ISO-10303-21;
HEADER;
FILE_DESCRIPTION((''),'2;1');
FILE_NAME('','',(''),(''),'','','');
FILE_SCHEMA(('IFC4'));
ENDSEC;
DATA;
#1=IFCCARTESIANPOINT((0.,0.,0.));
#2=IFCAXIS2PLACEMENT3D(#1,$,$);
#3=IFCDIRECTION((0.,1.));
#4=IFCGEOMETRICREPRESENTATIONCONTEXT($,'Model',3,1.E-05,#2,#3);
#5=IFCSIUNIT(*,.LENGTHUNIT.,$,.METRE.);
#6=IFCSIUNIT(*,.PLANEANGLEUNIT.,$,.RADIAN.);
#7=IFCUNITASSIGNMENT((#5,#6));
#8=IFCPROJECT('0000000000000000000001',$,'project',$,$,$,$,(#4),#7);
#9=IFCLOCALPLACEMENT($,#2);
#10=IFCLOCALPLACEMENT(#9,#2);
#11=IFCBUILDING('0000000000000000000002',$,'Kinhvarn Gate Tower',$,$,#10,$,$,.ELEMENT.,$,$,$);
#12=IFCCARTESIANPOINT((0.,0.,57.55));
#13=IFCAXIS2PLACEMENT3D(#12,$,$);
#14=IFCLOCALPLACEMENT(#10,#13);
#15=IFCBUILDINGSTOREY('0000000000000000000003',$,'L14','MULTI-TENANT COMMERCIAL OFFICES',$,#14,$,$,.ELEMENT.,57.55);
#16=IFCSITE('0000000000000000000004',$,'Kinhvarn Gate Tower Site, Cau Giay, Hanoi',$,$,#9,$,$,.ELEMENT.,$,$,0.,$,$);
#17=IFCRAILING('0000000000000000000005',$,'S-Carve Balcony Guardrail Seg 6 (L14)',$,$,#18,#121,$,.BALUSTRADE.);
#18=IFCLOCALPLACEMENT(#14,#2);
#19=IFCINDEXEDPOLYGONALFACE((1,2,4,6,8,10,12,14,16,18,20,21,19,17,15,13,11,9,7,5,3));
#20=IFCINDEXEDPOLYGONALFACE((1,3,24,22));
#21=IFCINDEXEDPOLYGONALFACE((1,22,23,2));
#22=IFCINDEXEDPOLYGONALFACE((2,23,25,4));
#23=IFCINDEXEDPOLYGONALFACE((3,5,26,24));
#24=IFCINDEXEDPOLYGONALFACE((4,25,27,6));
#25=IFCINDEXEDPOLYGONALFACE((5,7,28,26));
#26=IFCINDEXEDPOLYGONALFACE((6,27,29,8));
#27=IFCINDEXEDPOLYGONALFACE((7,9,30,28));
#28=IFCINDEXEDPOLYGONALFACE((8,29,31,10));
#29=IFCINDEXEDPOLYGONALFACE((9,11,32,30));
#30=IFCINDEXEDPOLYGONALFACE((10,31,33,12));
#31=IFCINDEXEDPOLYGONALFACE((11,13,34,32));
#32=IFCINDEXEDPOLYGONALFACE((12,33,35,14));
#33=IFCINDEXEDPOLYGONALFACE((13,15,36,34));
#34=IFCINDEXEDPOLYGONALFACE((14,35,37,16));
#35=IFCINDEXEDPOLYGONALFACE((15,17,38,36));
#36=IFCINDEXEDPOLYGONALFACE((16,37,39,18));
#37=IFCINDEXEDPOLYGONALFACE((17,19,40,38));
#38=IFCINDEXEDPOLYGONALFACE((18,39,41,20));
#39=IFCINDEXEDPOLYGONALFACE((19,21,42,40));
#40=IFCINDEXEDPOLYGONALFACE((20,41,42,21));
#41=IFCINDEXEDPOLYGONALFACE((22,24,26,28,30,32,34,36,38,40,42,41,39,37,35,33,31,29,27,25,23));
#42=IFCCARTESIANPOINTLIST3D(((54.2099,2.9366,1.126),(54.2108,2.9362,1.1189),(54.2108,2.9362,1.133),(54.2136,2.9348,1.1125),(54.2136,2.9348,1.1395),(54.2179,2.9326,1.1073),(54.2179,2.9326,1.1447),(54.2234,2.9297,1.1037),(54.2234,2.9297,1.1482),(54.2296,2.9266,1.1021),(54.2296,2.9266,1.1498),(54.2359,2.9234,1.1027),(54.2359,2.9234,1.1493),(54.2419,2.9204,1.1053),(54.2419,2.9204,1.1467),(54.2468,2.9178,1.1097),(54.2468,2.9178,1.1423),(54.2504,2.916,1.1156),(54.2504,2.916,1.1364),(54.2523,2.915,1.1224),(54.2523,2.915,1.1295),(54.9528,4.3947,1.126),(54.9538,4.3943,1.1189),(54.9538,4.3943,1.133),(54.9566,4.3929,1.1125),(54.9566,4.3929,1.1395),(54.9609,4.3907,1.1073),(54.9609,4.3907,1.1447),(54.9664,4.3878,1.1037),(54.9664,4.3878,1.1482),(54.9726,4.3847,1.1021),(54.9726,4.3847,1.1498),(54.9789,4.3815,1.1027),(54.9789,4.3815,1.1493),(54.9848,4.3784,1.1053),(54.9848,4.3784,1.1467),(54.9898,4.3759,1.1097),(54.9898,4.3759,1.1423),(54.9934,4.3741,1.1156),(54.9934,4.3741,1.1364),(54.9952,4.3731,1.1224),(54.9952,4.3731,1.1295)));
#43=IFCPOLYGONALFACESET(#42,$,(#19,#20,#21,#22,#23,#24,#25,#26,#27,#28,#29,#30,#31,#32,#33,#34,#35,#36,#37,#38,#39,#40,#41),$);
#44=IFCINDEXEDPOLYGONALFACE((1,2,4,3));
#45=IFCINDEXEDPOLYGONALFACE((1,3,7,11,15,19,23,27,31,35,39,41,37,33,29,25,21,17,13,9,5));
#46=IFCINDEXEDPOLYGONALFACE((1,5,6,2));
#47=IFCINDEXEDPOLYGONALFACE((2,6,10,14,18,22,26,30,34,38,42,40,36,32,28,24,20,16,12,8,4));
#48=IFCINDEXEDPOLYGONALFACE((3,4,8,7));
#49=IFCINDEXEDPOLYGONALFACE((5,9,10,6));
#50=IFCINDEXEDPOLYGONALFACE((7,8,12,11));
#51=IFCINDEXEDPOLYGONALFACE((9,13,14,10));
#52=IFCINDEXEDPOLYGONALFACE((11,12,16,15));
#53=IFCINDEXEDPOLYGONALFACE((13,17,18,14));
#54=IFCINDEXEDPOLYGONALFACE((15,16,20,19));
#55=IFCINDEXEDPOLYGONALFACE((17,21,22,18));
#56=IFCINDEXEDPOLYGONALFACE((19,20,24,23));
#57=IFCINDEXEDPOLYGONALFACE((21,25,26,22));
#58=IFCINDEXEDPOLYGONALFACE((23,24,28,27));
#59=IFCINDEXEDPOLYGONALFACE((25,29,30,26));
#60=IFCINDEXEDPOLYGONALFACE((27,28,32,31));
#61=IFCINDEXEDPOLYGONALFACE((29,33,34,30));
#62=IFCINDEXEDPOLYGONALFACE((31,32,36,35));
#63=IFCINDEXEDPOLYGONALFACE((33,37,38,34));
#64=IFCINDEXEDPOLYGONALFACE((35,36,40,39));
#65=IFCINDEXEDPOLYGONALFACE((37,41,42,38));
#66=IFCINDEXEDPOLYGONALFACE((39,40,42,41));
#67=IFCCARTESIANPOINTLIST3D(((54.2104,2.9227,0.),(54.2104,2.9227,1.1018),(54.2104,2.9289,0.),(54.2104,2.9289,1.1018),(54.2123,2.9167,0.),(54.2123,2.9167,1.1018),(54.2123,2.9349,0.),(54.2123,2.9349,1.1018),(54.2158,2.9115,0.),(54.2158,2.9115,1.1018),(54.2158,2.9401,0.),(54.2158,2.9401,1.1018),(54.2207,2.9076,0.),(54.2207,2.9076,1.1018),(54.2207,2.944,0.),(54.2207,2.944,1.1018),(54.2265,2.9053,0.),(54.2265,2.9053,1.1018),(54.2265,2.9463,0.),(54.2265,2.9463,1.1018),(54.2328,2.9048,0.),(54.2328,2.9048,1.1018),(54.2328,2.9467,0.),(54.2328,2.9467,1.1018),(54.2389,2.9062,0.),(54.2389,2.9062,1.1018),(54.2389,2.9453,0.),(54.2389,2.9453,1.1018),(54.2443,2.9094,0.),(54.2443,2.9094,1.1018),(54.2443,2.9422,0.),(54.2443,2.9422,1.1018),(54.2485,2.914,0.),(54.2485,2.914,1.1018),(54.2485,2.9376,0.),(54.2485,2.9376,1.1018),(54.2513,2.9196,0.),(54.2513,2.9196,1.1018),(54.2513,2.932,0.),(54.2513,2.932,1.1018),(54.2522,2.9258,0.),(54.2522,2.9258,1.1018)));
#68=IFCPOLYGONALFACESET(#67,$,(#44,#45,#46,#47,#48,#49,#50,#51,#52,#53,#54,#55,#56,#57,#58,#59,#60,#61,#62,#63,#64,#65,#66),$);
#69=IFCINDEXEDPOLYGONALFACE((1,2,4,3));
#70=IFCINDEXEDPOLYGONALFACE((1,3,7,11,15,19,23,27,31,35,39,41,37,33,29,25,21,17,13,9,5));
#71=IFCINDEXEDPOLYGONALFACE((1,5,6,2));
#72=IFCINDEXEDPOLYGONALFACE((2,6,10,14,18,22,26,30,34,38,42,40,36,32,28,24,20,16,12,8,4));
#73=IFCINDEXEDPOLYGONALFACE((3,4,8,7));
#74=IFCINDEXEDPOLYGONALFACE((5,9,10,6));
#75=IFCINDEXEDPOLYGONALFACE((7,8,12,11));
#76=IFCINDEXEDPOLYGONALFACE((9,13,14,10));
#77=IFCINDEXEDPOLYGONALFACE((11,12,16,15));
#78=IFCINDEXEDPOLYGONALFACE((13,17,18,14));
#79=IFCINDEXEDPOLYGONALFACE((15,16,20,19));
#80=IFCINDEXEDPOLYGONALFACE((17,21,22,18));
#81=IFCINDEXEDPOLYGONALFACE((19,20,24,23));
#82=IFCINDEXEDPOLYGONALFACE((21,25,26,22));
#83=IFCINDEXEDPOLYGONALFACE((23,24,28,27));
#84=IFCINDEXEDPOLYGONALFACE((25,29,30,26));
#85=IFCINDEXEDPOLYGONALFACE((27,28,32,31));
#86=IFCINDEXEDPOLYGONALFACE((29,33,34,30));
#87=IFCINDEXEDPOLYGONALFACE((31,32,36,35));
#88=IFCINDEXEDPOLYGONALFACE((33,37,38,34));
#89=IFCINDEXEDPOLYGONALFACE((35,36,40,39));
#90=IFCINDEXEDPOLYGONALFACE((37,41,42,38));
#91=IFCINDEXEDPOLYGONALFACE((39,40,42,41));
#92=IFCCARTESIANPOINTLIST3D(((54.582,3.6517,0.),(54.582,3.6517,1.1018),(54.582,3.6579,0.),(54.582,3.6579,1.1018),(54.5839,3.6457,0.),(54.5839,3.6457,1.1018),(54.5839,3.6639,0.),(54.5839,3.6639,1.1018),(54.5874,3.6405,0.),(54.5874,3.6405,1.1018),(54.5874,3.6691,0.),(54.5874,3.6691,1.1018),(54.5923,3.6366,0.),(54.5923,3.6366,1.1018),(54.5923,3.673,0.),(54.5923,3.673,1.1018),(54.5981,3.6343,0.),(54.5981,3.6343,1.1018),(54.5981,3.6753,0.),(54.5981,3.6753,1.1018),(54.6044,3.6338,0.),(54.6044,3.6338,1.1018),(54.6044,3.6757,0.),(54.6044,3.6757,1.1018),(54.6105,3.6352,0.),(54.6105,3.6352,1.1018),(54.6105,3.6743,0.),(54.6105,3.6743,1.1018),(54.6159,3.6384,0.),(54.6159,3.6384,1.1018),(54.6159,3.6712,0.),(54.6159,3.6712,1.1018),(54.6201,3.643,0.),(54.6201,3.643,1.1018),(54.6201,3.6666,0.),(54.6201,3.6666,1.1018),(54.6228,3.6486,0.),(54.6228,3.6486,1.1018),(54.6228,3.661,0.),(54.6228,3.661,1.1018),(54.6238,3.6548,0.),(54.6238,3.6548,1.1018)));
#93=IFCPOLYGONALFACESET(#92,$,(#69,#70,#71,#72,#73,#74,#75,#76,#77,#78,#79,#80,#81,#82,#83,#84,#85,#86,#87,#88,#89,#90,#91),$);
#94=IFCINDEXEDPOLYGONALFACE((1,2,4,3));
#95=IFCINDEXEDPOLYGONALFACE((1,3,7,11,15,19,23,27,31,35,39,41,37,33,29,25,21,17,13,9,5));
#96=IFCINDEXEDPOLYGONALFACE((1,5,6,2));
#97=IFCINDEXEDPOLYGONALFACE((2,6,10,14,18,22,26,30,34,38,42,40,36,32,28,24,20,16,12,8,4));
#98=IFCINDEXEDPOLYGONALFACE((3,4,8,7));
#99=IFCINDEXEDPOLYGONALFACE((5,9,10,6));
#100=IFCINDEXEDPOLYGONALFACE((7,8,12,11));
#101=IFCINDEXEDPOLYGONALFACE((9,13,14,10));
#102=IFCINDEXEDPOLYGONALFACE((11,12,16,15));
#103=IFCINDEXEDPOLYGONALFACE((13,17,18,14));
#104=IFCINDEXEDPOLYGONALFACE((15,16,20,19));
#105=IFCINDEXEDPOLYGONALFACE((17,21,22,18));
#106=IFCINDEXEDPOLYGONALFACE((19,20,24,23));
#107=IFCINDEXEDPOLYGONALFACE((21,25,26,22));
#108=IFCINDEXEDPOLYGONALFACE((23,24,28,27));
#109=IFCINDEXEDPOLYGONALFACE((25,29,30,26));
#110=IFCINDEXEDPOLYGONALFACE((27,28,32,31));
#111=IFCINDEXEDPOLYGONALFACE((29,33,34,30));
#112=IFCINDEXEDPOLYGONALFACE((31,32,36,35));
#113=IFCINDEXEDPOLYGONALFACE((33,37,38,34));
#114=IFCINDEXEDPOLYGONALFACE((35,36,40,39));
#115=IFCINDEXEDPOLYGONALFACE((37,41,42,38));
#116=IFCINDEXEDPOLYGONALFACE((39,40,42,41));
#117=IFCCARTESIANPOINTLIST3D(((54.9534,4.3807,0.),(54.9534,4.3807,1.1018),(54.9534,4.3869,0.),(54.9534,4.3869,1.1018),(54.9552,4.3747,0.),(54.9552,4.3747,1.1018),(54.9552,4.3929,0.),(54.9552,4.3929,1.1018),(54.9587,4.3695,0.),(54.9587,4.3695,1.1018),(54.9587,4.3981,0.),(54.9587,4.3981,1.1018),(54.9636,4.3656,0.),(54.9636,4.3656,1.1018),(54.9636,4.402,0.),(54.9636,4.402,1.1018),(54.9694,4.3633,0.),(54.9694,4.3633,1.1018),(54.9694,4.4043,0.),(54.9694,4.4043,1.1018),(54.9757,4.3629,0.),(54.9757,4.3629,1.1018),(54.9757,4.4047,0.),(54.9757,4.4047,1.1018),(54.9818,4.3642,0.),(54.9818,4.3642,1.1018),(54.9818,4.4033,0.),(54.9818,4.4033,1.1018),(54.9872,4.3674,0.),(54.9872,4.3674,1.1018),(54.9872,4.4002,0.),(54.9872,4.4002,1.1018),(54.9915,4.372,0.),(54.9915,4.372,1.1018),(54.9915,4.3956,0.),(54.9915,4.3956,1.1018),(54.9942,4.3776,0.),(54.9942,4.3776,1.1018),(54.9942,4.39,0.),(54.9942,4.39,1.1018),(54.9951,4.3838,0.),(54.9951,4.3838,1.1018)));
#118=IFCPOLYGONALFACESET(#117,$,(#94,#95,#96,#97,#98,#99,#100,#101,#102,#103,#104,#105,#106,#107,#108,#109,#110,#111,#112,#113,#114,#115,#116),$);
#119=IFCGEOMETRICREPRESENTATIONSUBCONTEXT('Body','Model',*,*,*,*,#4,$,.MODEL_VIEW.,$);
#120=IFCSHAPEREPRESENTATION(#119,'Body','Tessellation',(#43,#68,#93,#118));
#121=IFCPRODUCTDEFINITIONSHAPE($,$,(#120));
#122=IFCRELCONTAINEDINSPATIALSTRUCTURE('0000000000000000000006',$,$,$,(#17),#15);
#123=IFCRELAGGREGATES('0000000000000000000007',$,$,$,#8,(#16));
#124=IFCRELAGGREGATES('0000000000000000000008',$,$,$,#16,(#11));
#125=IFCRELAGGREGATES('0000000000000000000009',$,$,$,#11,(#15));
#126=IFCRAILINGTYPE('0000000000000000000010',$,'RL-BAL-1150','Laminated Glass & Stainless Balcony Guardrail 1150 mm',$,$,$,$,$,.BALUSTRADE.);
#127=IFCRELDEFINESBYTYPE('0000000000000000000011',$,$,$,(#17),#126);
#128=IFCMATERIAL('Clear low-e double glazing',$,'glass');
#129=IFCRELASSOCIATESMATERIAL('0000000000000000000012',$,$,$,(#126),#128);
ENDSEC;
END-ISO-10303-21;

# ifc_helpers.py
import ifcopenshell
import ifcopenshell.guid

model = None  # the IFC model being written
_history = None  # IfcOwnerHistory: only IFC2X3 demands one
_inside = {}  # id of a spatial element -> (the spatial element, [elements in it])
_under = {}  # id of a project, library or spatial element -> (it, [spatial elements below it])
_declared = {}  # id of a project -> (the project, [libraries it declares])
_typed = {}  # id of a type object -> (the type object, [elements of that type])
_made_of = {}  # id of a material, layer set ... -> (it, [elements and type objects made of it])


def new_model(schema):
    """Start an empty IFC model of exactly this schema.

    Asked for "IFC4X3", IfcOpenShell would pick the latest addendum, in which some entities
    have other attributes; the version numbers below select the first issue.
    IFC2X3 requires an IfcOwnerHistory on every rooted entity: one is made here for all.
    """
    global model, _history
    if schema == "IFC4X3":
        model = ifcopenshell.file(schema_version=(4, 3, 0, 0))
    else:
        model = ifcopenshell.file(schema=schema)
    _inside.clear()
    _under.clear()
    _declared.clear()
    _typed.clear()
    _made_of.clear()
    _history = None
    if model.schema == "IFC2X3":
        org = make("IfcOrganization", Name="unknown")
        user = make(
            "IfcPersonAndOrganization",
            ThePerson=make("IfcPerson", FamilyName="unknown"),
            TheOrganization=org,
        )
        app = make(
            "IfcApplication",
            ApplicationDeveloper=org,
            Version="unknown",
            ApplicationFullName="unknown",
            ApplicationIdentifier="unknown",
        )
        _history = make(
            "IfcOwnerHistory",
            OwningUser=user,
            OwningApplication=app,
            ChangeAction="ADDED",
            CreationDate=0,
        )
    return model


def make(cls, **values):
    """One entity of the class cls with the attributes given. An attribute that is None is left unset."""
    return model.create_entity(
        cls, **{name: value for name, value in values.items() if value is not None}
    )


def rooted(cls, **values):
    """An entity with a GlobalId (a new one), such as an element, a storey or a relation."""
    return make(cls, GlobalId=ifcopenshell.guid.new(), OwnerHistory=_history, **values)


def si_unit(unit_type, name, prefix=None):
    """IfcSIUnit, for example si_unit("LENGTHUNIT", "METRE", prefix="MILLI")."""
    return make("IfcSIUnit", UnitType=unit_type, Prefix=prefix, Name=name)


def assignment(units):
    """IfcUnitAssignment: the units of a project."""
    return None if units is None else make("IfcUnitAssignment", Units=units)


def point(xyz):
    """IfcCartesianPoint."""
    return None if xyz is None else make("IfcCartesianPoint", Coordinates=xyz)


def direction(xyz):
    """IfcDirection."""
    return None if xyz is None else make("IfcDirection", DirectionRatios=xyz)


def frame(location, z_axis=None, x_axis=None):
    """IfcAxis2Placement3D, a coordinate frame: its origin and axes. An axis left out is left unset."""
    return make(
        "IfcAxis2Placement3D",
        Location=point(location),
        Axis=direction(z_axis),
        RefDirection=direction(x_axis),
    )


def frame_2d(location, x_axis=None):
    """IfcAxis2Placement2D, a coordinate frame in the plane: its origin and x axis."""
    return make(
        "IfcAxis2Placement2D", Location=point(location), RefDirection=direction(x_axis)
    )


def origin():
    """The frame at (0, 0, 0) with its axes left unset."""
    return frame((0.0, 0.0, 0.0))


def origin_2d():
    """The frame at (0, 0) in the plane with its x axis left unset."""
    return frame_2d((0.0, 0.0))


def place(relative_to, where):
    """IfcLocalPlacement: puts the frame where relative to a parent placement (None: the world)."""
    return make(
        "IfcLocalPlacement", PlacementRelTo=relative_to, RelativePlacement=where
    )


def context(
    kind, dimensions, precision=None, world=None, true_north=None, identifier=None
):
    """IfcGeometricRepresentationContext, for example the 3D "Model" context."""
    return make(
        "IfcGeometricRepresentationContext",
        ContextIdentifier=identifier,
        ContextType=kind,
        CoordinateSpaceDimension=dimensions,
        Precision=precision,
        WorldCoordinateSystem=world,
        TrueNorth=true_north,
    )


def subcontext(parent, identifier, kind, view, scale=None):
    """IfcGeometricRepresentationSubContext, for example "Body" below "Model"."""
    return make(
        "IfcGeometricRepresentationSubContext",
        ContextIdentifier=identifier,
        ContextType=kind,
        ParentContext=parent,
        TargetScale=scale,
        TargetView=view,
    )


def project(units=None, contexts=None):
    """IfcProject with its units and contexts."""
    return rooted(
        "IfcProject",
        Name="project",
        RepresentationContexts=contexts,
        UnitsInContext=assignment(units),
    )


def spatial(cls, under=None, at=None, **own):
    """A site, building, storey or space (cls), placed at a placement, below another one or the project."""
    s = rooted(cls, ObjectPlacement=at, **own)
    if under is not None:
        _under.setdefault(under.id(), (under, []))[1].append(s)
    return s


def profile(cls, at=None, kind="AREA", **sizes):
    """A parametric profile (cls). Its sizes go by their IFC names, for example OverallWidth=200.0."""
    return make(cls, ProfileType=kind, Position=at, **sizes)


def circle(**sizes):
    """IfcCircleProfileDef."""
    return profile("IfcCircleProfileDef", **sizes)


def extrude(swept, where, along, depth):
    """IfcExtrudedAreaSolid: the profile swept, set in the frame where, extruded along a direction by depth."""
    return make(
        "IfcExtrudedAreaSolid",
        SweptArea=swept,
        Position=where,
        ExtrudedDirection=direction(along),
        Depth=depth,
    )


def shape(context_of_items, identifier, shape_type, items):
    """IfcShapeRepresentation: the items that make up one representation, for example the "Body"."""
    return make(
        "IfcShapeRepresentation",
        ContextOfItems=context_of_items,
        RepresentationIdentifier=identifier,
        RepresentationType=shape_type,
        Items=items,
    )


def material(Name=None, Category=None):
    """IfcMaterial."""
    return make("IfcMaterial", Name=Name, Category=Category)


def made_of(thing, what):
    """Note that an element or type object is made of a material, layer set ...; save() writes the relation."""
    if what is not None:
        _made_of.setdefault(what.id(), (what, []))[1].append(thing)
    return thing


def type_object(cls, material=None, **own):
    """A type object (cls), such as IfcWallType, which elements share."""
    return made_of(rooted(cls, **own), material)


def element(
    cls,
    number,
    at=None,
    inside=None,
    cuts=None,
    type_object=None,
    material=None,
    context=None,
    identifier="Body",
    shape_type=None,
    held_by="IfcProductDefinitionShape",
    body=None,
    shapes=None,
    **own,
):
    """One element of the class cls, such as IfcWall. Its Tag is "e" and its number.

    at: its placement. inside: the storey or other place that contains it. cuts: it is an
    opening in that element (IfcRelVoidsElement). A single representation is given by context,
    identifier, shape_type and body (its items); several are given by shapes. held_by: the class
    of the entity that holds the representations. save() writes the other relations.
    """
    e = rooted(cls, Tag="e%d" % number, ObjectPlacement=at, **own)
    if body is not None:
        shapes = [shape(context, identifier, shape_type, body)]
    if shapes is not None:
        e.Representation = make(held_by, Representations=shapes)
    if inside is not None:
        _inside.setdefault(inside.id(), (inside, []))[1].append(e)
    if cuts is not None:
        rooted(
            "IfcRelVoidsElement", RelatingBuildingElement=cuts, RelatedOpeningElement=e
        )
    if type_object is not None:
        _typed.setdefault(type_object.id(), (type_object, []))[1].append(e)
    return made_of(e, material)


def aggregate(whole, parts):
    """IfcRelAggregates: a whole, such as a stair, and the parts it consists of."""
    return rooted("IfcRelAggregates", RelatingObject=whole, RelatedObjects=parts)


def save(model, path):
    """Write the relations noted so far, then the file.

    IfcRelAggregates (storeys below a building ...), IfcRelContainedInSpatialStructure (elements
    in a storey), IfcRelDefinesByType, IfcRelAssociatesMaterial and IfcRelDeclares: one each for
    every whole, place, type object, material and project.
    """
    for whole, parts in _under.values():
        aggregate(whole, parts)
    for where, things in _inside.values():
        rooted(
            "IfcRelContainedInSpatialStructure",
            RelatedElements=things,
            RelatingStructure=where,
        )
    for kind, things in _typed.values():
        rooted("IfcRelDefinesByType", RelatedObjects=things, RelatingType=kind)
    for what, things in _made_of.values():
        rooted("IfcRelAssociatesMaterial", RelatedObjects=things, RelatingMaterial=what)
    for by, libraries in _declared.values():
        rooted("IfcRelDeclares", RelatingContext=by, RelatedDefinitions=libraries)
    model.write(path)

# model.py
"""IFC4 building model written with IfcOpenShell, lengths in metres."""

from ifc_helpers import new_model, si_unit, direction, frame, origin, origin_2d, place, context, subcontext, project, spatial, circle, extrude, material, type_object, element, save


model = new_model("IFC4")

# Units and contexts
model_context = context("Model", 3, precision=1e-05, world=origin(), true_north=direction((0.0, 1.0)))
body_context = subcontext(model_context, "Body", "Model", "MODEL_VIEW")
ifc_project = project(units=[si_unit("LENGTHUNIT", "METRE"), si_unit("PLANEANGLEUNIT", "RADIAN")], contexts=[model_context])

# Site, building, storey
site_placement = place(None, origin())
site = spatial("IfcSite", under=ifc_project, at=site_placement, Name="Kinhvarn Gate Tower Site, Cau Giay, Hanoi", CompositionType="ELEMENT", RefElevation=0.0)
building_placement = place(site_placement, origin())
building = spatial("IfcBuilding", under=site, at=building_placement, Name="Kinhvarn Gate Tower", CompositionType="ELEMENT")
storey_placement = place(building_placement, frame((0.0, 0.0, 57.55)))
storey = spatial("IfcBuildingStorey", under=building, at=storey_placement, Name="L14", Description="MULTI-TENANT COMMERCIAL OFFICES", CompositionType="ELEMENT", Elevation=57.55)

# Shared definitions
ifc_material_1 = material(Name="Clear low-e double glazing", Category="glass")

# Railing
railing_type = type_object("IfcRailingType", Name="RL-BAL-1150", Description="Laminated Glass & Stainless Balcony Guardrail 1150 mm", PredefinedType="BALUSTRADE", material=ifc_material_1)
railing_1_placement = place(storey_placement, frame((54.2312, 2.9258, 0.0)))
element("IfcRailing", 1, at=railing_1_placement, inside=storey, type_object=railing_type, Name="S-Carve Balcony Guardrail Seg 6 (L14)", PredefinedType="BALUSTRADE", context=body_context, shape_type="SweptSolid", body=[
    extrude(circle(Radius=0.0239, at=origin_2d()), frame((0.0, 0.0, 1.126), z_axis=(0.454004, 0.891, 0.0), x_axis=(-0.891, 0.454004, 0.0)), (0.0, 0.0, 1.0), 1.6365),
    extrude(circle(Radius=0.021, at=origin_2d()), origin(), (0.0, 0.0, 1.0), 1.1018),
    extrude(circle(Radius=0.021, at=origin_2d()), frame((0.3716, 0.729, 0.0)), (0.0, 0.0, 1.0), 1.1018),
    extrude(circle(Radius=0.021, at=origin_2d()), frame((0.7429, 1.458, 0.0)), (0.0, 0.0, 1.0), 1.1018),
])

save(model, "model.ifc")
